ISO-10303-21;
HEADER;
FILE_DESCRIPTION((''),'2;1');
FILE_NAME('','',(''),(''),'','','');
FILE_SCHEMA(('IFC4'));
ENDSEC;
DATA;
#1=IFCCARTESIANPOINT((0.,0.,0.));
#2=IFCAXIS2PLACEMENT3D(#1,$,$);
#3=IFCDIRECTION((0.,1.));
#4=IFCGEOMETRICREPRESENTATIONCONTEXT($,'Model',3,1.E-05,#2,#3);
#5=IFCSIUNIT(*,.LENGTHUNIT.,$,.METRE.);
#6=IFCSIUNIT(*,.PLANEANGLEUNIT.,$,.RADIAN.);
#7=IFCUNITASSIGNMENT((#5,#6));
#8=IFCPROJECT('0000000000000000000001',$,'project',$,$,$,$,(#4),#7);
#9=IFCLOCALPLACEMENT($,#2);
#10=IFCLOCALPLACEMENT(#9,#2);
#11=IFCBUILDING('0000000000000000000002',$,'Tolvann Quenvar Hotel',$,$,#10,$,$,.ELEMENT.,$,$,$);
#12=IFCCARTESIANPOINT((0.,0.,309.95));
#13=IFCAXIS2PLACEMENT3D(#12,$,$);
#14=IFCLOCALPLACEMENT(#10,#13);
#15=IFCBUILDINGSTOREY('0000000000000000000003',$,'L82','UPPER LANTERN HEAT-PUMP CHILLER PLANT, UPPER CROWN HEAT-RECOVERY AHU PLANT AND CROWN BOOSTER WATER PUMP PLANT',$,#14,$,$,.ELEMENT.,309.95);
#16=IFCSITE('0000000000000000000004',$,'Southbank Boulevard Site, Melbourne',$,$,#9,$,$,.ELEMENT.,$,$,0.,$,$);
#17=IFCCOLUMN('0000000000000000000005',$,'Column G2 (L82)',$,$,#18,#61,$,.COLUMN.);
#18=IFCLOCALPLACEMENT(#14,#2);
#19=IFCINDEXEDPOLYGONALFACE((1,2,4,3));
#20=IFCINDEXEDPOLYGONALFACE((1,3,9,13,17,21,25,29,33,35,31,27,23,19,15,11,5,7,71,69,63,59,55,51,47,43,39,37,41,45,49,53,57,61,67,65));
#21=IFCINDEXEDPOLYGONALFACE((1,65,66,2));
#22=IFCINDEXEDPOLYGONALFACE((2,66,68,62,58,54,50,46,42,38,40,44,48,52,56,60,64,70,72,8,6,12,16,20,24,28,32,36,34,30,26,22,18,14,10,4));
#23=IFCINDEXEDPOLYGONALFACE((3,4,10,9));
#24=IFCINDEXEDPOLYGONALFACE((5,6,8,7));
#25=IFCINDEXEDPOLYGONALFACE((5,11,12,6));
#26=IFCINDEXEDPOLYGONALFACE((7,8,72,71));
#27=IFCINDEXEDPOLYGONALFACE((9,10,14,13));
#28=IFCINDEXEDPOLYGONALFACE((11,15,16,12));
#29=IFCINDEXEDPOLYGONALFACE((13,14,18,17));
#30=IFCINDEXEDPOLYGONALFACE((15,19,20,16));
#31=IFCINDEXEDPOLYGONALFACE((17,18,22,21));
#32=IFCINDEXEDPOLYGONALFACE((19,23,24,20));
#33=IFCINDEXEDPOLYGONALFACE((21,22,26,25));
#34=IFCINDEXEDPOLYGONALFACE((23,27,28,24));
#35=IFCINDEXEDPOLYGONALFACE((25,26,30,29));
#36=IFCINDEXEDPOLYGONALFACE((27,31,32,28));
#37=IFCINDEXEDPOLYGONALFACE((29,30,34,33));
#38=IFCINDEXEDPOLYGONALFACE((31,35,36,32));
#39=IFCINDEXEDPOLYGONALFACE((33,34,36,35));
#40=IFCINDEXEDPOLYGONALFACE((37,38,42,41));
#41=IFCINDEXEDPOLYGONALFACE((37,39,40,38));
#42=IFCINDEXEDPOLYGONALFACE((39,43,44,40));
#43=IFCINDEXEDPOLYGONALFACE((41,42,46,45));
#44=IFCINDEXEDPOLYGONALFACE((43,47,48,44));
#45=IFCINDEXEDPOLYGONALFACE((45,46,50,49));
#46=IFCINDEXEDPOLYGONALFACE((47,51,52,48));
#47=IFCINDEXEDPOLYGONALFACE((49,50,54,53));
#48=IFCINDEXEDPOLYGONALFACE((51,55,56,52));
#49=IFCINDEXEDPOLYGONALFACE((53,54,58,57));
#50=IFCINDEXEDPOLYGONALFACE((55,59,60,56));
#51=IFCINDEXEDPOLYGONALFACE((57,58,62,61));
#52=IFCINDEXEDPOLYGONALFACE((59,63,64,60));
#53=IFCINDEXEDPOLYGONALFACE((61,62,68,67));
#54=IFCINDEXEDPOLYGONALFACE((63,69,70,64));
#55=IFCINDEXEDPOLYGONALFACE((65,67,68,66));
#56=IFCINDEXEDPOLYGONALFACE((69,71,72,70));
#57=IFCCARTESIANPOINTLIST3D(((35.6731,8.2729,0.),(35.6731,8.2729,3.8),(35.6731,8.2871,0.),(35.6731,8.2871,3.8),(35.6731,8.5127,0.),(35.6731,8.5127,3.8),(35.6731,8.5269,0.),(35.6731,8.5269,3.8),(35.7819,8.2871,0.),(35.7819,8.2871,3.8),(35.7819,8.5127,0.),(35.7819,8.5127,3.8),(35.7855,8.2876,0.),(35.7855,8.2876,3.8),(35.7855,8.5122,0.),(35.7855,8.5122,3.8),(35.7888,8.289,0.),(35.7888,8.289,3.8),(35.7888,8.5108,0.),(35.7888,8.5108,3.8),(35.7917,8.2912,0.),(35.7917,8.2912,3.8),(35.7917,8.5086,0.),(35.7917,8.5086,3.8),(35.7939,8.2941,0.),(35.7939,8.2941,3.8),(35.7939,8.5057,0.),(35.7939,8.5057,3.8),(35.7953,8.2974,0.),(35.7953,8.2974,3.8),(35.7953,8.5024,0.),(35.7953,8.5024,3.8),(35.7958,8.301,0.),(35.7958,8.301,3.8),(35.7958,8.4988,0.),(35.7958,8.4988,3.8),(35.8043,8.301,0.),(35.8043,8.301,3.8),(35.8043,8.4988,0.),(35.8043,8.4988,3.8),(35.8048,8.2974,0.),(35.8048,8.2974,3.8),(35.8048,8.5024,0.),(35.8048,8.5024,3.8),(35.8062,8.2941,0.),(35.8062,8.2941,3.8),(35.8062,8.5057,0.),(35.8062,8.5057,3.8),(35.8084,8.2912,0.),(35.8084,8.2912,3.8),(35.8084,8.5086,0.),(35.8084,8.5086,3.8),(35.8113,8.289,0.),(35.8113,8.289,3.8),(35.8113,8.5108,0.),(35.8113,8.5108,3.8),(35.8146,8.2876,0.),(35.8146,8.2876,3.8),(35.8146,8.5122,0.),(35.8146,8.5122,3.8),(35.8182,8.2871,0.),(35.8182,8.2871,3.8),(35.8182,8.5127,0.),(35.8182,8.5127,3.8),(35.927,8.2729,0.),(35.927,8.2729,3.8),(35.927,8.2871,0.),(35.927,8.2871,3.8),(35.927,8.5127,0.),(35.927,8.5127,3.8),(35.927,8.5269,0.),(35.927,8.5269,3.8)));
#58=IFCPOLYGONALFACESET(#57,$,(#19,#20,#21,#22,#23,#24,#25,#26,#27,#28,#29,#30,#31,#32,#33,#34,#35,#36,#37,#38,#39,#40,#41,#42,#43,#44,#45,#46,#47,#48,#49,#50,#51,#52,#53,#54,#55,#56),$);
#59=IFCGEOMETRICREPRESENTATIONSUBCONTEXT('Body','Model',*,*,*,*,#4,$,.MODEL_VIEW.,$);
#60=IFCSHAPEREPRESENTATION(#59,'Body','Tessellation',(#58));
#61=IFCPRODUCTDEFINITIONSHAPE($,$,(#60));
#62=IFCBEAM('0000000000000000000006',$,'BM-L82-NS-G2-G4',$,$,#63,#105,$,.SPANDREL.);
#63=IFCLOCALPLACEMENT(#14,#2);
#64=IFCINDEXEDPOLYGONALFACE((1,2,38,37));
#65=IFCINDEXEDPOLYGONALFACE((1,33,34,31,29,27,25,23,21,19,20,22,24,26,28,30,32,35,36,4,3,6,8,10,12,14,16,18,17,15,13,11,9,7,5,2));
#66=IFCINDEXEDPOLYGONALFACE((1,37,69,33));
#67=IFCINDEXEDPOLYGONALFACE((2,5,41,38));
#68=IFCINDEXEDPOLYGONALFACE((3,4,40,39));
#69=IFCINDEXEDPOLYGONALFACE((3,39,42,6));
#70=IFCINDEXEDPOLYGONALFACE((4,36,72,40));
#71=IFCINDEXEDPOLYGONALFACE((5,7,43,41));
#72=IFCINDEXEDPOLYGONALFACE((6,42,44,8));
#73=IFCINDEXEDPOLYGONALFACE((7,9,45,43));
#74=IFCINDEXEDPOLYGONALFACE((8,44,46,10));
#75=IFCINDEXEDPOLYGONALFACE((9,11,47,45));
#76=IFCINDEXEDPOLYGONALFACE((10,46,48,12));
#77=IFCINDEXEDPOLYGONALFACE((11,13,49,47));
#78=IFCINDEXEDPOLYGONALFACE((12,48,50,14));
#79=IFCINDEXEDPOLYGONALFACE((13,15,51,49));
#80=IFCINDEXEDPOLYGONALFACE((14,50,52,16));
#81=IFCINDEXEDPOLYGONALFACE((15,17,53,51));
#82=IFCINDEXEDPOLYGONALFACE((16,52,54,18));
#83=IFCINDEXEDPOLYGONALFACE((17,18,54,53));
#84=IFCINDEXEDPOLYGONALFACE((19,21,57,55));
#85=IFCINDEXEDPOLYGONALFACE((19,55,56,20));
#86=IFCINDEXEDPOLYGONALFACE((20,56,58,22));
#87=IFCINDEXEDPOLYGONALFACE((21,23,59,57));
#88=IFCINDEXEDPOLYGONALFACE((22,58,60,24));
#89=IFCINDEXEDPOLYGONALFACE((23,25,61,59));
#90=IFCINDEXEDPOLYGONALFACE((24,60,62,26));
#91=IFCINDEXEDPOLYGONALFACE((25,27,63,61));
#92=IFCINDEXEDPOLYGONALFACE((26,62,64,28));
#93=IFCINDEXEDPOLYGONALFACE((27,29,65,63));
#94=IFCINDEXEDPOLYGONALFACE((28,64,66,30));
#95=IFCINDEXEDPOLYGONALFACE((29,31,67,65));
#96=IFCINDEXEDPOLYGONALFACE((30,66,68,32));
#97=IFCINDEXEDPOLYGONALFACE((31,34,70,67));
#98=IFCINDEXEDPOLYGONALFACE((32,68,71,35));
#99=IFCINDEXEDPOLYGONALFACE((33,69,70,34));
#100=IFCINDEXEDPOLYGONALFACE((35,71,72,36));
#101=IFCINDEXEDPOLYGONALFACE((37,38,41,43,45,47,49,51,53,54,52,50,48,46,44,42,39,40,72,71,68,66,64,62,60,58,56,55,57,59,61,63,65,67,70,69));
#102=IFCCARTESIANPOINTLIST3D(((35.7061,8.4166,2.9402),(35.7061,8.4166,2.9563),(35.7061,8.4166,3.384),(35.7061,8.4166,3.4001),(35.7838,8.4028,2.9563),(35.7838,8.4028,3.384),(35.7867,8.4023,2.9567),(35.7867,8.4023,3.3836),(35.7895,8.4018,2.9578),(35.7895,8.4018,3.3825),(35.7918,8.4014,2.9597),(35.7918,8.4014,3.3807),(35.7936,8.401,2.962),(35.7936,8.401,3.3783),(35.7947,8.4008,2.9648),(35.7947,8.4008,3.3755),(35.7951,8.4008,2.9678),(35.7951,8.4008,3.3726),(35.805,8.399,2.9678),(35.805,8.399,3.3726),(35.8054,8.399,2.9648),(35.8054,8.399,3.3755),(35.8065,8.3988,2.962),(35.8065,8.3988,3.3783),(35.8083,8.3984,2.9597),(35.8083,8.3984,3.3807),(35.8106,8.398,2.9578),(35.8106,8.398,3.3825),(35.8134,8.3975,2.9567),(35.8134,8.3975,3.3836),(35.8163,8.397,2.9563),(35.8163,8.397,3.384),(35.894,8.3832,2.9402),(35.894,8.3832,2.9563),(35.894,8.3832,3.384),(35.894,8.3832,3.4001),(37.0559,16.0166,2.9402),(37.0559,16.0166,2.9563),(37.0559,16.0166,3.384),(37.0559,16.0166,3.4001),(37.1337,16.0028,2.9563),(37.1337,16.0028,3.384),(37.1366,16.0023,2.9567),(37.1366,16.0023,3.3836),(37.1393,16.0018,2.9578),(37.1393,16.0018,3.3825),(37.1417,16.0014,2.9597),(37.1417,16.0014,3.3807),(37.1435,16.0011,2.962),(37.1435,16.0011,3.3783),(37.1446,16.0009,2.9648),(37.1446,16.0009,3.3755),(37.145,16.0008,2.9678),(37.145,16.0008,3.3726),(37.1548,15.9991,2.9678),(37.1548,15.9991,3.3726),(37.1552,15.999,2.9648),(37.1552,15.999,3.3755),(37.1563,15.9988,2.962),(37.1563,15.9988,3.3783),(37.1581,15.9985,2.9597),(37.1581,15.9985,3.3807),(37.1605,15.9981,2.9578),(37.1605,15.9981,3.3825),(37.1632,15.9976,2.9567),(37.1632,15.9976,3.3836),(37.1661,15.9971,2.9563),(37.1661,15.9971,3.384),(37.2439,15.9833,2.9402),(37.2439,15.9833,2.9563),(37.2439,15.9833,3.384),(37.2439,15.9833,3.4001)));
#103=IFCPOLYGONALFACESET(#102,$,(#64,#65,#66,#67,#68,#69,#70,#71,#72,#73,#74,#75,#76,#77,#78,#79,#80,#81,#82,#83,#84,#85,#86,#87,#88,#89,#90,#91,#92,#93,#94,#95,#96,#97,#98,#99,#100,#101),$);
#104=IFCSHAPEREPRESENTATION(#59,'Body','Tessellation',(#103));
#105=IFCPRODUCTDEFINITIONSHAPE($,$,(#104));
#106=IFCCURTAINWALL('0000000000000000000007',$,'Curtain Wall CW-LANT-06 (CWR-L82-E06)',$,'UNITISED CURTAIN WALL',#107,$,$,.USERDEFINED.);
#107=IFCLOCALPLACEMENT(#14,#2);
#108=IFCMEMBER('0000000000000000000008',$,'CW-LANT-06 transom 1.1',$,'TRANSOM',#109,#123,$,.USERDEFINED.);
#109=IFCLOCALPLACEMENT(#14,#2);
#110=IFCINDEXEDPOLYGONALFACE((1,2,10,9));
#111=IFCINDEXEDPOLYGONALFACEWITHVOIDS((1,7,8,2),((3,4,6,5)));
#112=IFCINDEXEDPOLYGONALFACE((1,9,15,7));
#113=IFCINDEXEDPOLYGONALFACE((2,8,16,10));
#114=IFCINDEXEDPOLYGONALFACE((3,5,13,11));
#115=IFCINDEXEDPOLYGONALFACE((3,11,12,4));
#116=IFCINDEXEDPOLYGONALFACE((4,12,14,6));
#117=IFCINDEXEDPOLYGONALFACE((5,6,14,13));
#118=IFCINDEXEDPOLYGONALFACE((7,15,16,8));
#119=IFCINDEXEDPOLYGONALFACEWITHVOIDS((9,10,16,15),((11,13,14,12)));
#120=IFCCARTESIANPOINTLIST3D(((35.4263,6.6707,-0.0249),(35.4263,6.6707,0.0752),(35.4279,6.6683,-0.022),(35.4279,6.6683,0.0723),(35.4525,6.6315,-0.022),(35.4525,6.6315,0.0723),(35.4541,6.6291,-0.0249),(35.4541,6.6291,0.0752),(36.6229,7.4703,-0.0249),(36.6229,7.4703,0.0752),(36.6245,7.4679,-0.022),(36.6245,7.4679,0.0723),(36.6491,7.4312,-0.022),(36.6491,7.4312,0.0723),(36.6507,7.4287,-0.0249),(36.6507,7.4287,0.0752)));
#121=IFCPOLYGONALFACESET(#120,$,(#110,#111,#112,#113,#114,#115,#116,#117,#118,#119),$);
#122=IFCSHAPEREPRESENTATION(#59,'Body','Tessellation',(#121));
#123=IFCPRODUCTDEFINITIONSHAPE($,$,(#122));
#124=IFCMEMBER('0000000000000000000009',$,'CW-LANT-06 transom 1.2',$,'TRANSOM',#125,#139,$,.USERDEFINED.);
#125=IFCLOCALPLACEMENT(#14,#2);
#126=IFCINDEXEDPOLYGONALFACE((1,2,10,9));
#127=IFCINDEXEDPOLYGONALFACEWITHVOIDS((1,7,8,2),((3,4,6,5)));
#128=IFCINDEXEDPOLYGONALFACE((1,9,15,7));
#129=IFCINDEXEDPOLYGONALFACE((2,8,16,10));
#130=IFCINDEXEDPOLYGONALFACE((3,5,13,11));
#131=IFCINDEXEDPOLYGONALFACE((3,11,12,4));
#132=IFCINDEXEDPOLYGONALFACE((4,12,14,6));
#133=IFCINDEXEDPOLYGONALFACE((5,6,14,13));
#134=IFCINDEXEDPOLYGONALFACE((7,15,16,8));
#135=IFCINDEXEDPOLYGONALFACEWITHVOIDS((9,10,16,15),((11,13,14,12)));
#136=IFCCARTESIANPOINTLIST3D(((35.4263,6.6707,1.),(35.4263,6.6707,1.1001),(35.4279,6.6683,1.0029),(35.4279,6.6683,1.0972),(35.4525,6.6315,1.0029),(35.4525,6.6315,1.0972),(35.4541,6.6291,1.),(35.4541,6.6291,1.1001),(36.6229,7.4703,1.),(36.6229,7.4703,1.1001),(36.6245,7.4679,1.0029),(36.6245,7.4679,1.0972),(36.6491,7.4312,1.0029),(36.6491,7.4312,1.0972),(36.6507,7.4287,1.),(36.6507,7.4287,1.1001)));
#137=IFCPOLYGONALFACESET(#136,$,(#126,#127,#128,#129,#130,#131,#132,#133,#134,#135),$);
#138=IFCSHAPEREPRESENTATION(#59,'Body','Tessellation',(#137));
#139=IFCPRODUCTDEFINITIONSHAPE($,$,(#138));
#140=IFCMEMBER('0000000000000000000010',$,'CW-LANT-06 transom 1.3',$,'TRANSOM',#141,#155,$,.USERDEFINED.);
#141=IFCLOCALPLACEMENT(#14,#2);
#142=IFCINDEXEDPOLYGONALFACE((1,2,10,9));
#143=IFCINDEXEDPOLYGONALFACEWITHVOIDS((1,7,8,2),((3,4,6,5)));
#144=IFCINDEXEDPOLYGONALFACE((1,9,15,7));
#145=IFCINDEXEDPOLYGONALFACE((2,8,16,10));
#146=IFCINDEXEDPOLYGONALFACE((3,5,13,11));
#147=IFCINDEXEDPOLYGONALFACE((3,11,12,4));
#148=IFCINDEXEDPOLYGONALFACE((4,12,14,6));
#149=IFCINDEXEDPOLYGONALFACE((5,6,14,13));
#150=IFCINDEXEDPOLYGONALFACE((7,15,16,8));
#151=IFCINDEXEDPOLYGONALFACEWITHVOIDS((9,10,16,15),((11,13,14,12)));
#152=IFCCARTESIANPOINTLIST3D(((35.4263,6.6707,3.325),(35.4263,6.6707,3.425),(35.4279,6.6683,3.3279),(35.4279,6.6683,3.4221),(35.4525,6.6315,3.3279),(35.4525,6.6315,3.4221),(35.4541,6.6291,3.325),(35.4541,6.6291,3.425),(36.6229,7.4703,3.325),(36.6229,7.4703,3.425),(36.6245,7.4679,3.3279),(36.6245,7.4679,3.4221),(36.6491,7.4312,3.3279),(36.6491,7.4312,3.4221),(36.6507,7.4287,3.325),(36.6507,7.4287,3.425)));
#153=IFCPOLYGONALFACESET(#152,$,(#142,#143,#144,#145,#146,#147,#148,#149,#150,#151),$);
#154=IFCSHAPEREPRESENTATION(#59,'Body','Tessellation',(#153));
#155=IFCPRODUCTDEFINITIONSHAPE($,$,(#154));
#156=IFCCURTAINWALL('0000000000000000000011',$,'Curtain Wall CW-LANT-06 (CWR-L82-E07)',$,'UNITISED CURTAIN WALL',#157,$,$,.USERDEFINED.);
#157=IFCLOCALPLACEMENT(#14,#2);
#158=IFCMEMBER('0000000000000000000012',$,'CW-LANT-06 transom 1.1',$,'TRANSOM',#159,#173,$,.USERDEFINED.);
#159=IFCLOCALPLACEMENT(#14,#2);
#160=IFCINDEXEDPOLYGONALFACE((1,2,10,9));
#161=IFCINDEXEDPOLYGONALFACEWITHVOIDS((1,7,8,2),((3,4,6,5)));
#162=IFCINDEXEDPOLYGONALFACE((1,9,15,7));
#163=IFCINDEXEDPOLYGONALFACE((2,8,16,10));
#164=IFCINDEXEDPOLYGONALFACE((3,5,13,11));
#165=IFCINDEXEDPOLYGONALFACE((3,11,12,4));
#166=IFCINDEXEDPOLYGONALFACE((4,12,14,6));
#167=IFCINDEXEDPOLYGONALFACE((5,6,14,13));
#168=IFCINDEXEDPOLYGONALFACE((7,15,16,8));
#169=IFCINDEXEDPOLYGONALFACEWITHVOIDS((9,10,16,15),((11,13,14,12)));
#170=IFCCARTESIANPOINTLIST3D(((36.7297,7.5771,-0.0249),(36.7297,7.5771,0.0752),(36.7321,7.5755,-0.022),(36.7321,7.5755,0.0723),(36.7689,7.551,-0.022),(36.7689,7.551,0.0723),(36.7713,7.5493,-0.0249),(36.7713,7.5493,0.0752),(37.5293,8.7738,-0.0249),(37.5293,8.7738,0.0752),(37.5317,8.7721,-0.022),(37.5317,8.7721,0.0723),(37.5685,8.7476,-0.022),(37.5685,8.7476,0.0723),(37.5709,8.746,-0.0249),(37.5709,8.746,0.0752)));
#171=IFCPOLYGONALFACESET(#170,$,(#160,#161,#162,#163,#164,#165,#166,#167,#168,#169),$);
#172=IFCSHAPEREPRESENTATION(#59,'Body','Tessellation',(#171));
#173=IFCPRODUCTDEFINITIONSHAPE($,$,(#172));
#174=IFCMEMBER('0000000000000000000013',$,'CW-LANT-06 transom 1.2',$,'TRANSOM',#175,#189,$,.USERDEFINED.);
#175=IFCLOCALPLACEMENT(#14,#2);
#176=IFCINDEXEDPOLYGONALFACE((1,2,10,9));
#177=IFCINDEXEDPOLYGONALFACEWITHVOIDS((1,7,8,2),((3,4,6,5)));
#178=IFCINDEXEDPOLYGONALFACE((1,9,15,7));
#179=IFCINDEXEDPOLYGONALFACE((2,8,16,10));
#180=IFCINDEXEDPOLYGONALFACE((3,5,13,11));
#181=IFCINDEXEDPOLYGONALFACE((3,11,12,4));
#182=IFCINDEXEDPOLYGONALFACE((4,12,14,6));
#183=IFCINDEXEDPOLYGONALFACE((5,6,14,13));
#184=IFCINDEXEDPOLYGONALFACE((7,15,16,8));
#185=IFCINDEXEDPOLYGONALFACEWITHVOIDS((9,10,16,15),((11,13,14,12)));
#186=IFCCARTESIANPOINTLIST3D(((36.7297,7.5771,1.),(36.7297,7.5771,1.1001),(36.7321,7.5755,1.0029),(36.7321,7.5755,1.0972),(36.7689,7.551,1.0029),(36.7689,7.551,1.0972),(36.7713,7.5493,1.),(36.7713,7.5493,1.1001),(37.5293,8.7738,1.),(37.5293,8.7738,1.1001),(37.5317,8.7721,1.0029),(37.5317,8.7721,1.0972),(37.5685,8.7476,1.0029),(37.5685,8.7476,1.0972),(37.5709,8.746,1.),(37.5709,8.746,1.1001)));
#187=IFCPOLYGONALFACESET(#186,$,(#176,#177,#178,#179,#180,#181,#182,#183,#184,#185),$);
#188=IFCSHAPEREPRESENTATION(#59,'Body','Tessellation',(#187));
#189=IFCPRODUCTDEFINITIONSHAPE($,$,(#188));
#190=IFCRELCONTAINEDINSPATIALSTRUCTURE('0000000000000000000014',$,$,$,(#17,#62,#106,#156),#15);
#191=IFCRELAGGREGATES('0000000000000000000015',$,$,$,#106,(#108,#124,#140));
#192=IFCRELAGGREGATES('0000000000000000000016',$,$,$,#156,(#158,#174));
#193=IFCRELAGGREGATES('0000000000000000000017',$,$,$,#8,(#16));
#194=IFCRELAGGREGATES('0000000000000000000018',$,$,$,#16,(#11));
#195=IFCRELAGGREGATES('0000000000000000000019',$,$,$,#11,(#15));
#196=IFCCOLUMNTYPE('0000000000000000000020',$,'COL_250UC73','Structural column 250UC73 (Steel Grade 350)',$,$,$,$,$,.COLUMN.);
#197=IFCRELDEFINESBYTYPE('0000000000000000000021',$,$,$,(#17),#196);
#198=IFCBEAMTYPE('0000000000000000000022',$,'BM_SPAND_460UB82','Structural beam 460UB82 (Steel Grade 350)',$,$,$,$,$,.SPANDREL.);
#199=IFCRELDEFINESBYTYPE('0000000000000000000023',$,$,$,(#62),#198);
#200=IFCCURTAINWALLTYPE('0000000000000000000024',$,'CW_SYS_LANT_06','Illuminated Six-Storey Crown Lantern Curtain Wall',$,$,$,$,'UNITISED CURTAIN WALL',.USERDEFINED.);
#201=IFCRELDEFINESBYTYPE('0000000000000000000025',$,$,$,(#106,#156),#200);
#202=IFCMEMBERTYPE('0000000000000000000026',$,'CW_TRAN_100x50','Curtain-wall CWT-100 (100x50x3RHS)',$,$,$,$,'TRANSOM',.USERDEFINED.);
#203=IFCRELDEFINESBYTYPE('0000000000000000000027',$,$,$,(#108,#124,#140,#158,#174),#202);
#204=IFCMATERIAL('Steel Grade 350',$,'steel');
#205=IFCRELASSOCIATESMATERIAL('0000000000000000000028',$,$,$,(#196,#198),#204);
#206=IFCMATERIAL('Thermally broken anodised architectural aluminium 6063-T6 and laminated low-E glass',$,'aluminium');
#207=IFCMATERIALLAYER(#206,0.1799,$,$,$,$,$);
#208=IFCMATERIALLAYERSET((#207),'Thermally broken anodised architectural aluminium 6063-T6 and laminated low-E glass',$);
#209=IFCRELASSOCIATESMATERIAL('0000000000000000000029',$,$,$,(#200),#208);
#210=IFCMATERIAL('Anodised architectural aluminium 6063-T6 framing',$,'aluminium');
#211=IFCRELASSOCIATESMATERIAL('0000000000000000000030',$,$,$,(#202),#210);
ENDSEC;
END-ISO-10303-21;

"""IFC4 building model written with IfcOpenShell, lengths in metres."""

from ifc_helpers import new_model, si_unit, direction, frame, origin, origin_2d, place, context, subcontext, project, spatial, hollow_rectangle, i_section, extrude, source, transform, mapped, material, layer, layer_set, material_profile, profile_set, type_object, type_shapes, element, aggregate, save


model = new_model("IFC4")

# Units and contexts
model_context = context("Model", 3, precision=1e-05, world=origin(), true_north=direction((0.0, 1.0)))
body_context = subcontext(model_context, "Body", "Model", "MODEL_VIEW")
ifc_project = project(units=[si_unit("LENGTHUNIT", "METRE"), si_unit("PLANEANGLEUNIT", "RADIAN")], contexts=[model_context])

# Site, building, storey
site_placement = place(None, origin())
site = spatial("IfcSite", under=ifc_project, at=site_placement, Name="Southbank Boulevard Site, Melbourne", CompositionType="ELEMENT", RefElevation=0.0)
building_placement = place(site_placement, origin())
building = spatial("IfcBuilding", under=site, at=building_placement, Name="Tolvann Quenvar Hotel", CompositionType="ELEMENT")
storey_placement = place(building_placement, frame((0.0, 0.0, 309.95)))
storey = spatial("IfcBuildingStorey", under=building, at=storey_placement, Name="L82", Description="UPPER LANTERN HEAT-PUMP CHILLER PLANT, UPPER CROWN HEAT-RECOVERY AHU PLANT AND CROWN BOOSTER WATER PUMP PLANT", CompositionType="ELEMENT", Elevation=309.95)

# Column
ifc_material_1 = material(Name="Steel Grade 350", Category="steel")
ifc_material_profile_1 = material_profile(ifc_material_1, i_section(OverallWidth=0.2539, OverallDepth=0.2539, WebThickness=0.0085, FlangeThickness=0.0142, FilletRadius=0.0139, at=origin_2d()), Name="250UC73")
ifc_profile_set_1 = profile_set([ifc_material_profile_1], Name="Steel Grade 350")
column_type = type_object("IfcColumnType", Name="COL_250UC73", Description="Structural column 250UC73 (Steel Grade 350)", PredefinedType="COLUMN", material=ifc_profile_set_1)
shared_shape_1 = source(origin(), body_context, "Body", "SweptSolid", [
    extrude(i_section(OverallWidth=0.2539, OverallDepth=0.2539, WebThickness=0.0085, FlangeThickness=0.0142, FilletRadius=0.0139, at=origin_2d()), origin(), (0.0, 0.0, 1.0), 3.8),
])
type_shapes(column_type, [shared_shape_1])
column_placement = place(storey_placement, frame((35.8, 8.3999, 0.0), z_axis=(0.0, 0.0, 1.0), x_axis=(1.0, 0.0, 0.0)))
element("IfcColumn", 1, at=column_placement, inside=storey, type_object=column_type, Name="Column G2 (L82)", PredefinedType="COLUMN", context=body_context, shape_type="MappedRepresentation", body=[
    mapped(shared_shape_1, transform((0.0, 0.0, 0.0), x_axis=(1.0, 0.0, 0.0), y_axis=(0.0, 1.0, 0.0), z_axis=(0.0, 0.0, 1.0), scale=1.0)),
])

# Beam
ifc_material_profile_2 = material_profile(ifc_material_1, i_section(OverallWidth=0.1909, OverallDepth=0.46, WebThickness=0.01, FlangeThickness=0.0161, FilletRadius=0.0115, at=origin_2d()), Name="460UB82")
ifc_profile_set_2 = profile_set([ifc_material_profile_2], Name="Steel Grade 350")
beam_type = type_object("IfcBeamType", Name="BM_SPAND_460UB82", Description="Structural beam 460UB82 (Steel Grade 350)", PredefinedType="SPANDREL", material=ifc_profile_set_2)
shared_shape_2 = source(origin(), body_context, "Body", "SweptSolid", [
    extrude(i_section(OverallWidth=0.1909, OverallDepth=0.46, WebThickness=0.01, FlangeThickness=0.0161, FilletRadius=0.0115, at=origin_2d()), origin(), (0.0, 0.0, 1.0), 7.719),
])
type_shapes(beam_type, [shared_shape_2])
beam_placement = place(storey_placement, frame((35.8, 8.3999, 3.1702), z_axis=(0.174873, 0.984591, 0.0), x_axis=(-0.984591, 0.174873, 0.0)))
element("IfcBeam", 2, at=beam_placement, inside=storey, type_object=beam_type, Name="BM-L82-NS-G2-G4", PredefinedType="SPANDREL", context=body_context, shape_type="MappedRepresentation", body=[
    mapped(shared_shape_2, transform((0.0, 0.0, 0.0), x_axis=(1.0, 0.0, 0.0), y_axis=(0.0, 1.0, 0.0), z_axis=(0.0, 0.0, 1.0), scale=1.0)),
])

# Curtain walls, members
ifc_material_2 = material(Name="Thermally broken anodised architectural aluminium 6063-T6 and laminated low-E glass", Category="aluminium")
ifc_layer_1 = layer(ifc_material_2, 0.1799)
ifc_layer_set_1 = layer_set([ifc_layer_1], Name="Thermally broken anodised architectural aluminium 6063-T6 and laminated low-E glass")
curtain_wall_type = type_object("IfcCurtainWallType", Name="CW_SYS_LANT_06", Description="Illuminated Six-Storey Crown Lantern Curtain Wall", ElementType="UNITISED CURTAIN WALL", PredefinedType="USERDEFINED", material=ifc_layer_set_1)
curtain_wall_1_placement = place(storey_placement, origin())
curtain_wall_1 = element("IfcCurtainWall", 3, at=curtain_wall_1_placement, inside=storey, type_object=curtain_wall_type, Name="Curtain Wall CW-LANT-06 (CWR-L82-E06)", ObjectType="UNITISED CURTAIN WALL", PredefinedType="USERDEFINED")
ifc_material_3 = material(Name="Anodised architectural aluminium 6063-T6 framing", Category="aluminium")
ifc_material_profile_3 = material_profile(ifc_material_3, hollow_rectangle(XDim=0.05, YDim=0.1001, WallThickness=0.0029, at=origin_2d()), Name="100x50x3RHS")
ifc_profile_set_3 = profile_set([ifc_material_profile_3], Name="Anodised architectural aluminium 6063-T6 framing")
member_type_1 = type_object("IfcMemberType", Name="CW_TRAN_100x50", Description="Curtain-wall CWT-100 (100x50x3RHS)", ElementType="TRANSOM", PredefinedType="USERDEFINED", material=ifc_profile_set_3)
shared_shape_3 = source(origin(), body_context, "Body", "SweptSolid", [
    extrude(hollow_rectangle(XDim=0.05, YDim=0.1001, WallThickness=0.0029, at=origin_2d()), origin(), (0.0, 0.0, 1.0), 1.4392),
])
member_1_placement = place(storey_placement, frame((35.4402, 6.6499, 0.0251), z_axis=(0.83145, 0.5556, 0.0), x_axis=(-0.5556, 0.83145, 0.0)))
member_1 = element("IfcMember", 4, at=member_1_placement, type_object=member_type_1, Name="CW-LANT-06 transom 1.1", ObjectType="TRANSOM", PredefinedType="USERDEFINED", context=body_context, shape_type="MappedRepresentation", body=[
    mapped(shared_shape_3, transform((0.0, 0.0, 0.0), x_axis=(1.0, 0.0, 0.0), y_axis=(0.0, 1.0, 0.0), z_axis=(0.0, 0.0, 1.0), scale=1.0)),
])
member_2_placement = place(storey_placement, frame((35.4402, 6.6499, 1.05), z_axis=(0.83145, 0.5556, 0.0), x_axis=(-0.5556, 0.83145, 0.0)))
member_2 = element("IfcMember", 5, at=member_2_placement, type_object=member_type_1, Name="CW-LANT-06 transom 1.2", ObjectType="TRANSOM", PredefinedType="USERDEFINED", context=body_context, shape_type="MappedRepresentation", body=[
    mapped(shared_shape_3, transform((0.0, 0.0, 0.0), x_axis=(1.0, 0.0, 0.0), y_axis=(0.0, 1.0, 0.0), z_axis=(0.0, 0.0, 1.0), scale=1.0)),
])
member_3_placement = place(storey_placement, frame((35.4402, 6.6499, 3.375), z_axis=(0.83145, 0.5556, 0.0), x_axis=(-0.5556, 0.83145, 0.0)))
member_3 = element("IfcMember", 6, at=member_3_placement, type_object=member_type_1, Name="CW-LANT-06 transom 1.3", ObjectType="TRANSOM", PredefinedType="USERDEFINED", context=body_context, shape_type="MappedRepresentation", body=[
    mapped(shared_shape_3, transform((0.0, 0.0, 0.0), x_axis=(1.0, 0.0, 0.0), y_axis=(0.0, 1.0, 0.0), z_axis=(0.0, 0.0, 1.0), scale=1.0)),
])
curtain_wall_2_placement = place(storey_placement, origin())
curtain_wall_2 = element("IfcCurtainWall", 7, at=curtain_wall_2_placement, inside=storey, type_object=curtain_wall_type, Name="Curtain Wall CW-LANT-06 (CWR-L82-E07)", ObjectType="UNITISED CURTAIN WALL", PredefinedType="USERDEFINED")
member_4_placement = place(storey_placement, frame((36.7505, 7.5632, 0.0251), z_axis=(0.5556, 0.83145, 0.0), x_axis=(-0.83145, 0.5556, 0.0)))
member_4 = element("IfcMember", 8, at=member_4_placement, type_object=member_type_1, Name="CW-LANT-06 transom 1.1", ObjectType="TRANSOM", PredefinedType="USERDEFINED", context=body_context, shape_type="MappedRepresentation", body=[
    mapped(shared_shape_3, transform((0.0, 0.0, 0.0), x_axis=(1.0, 0.0, 0.0), y_axis=(0.0, 1.0, 0.0), z_axis=(0.0, 0.0, 1.0), scale=1.0)),
])
member_5_placement = place(storey_placement, frame((36.7505, 7.5632, 1.05), z_axis=(0.5556, 0.83145, 0.0), x_axis=(-0.83145, 0.5556, 0.0)))
member_5 = element("IfcMember", 9, at=member_5_placement, type_object=member_type_1, Name="CW-LANT-06 transom 1.2", ObjectType="TRANSOM", PredefinedType="USERDEFINED", context=body_context, shape_type="MappedRepresentation", body=[
    mapped(shared_shape_3, transform((0.0, 0.0, 0.0), x_axis=(1.0, 0.0, 0.0), y_axis=(0.0, 1.0, 0.0), z_axis=(0.0, 0.0, 1.0), scale=1.0)),
])

aggregate(curtain_wall_1, [member_1, member_2, member_3])
aggregate(curtain_wall_2, [member_4, member_5])

save(model, "model.ifc")
